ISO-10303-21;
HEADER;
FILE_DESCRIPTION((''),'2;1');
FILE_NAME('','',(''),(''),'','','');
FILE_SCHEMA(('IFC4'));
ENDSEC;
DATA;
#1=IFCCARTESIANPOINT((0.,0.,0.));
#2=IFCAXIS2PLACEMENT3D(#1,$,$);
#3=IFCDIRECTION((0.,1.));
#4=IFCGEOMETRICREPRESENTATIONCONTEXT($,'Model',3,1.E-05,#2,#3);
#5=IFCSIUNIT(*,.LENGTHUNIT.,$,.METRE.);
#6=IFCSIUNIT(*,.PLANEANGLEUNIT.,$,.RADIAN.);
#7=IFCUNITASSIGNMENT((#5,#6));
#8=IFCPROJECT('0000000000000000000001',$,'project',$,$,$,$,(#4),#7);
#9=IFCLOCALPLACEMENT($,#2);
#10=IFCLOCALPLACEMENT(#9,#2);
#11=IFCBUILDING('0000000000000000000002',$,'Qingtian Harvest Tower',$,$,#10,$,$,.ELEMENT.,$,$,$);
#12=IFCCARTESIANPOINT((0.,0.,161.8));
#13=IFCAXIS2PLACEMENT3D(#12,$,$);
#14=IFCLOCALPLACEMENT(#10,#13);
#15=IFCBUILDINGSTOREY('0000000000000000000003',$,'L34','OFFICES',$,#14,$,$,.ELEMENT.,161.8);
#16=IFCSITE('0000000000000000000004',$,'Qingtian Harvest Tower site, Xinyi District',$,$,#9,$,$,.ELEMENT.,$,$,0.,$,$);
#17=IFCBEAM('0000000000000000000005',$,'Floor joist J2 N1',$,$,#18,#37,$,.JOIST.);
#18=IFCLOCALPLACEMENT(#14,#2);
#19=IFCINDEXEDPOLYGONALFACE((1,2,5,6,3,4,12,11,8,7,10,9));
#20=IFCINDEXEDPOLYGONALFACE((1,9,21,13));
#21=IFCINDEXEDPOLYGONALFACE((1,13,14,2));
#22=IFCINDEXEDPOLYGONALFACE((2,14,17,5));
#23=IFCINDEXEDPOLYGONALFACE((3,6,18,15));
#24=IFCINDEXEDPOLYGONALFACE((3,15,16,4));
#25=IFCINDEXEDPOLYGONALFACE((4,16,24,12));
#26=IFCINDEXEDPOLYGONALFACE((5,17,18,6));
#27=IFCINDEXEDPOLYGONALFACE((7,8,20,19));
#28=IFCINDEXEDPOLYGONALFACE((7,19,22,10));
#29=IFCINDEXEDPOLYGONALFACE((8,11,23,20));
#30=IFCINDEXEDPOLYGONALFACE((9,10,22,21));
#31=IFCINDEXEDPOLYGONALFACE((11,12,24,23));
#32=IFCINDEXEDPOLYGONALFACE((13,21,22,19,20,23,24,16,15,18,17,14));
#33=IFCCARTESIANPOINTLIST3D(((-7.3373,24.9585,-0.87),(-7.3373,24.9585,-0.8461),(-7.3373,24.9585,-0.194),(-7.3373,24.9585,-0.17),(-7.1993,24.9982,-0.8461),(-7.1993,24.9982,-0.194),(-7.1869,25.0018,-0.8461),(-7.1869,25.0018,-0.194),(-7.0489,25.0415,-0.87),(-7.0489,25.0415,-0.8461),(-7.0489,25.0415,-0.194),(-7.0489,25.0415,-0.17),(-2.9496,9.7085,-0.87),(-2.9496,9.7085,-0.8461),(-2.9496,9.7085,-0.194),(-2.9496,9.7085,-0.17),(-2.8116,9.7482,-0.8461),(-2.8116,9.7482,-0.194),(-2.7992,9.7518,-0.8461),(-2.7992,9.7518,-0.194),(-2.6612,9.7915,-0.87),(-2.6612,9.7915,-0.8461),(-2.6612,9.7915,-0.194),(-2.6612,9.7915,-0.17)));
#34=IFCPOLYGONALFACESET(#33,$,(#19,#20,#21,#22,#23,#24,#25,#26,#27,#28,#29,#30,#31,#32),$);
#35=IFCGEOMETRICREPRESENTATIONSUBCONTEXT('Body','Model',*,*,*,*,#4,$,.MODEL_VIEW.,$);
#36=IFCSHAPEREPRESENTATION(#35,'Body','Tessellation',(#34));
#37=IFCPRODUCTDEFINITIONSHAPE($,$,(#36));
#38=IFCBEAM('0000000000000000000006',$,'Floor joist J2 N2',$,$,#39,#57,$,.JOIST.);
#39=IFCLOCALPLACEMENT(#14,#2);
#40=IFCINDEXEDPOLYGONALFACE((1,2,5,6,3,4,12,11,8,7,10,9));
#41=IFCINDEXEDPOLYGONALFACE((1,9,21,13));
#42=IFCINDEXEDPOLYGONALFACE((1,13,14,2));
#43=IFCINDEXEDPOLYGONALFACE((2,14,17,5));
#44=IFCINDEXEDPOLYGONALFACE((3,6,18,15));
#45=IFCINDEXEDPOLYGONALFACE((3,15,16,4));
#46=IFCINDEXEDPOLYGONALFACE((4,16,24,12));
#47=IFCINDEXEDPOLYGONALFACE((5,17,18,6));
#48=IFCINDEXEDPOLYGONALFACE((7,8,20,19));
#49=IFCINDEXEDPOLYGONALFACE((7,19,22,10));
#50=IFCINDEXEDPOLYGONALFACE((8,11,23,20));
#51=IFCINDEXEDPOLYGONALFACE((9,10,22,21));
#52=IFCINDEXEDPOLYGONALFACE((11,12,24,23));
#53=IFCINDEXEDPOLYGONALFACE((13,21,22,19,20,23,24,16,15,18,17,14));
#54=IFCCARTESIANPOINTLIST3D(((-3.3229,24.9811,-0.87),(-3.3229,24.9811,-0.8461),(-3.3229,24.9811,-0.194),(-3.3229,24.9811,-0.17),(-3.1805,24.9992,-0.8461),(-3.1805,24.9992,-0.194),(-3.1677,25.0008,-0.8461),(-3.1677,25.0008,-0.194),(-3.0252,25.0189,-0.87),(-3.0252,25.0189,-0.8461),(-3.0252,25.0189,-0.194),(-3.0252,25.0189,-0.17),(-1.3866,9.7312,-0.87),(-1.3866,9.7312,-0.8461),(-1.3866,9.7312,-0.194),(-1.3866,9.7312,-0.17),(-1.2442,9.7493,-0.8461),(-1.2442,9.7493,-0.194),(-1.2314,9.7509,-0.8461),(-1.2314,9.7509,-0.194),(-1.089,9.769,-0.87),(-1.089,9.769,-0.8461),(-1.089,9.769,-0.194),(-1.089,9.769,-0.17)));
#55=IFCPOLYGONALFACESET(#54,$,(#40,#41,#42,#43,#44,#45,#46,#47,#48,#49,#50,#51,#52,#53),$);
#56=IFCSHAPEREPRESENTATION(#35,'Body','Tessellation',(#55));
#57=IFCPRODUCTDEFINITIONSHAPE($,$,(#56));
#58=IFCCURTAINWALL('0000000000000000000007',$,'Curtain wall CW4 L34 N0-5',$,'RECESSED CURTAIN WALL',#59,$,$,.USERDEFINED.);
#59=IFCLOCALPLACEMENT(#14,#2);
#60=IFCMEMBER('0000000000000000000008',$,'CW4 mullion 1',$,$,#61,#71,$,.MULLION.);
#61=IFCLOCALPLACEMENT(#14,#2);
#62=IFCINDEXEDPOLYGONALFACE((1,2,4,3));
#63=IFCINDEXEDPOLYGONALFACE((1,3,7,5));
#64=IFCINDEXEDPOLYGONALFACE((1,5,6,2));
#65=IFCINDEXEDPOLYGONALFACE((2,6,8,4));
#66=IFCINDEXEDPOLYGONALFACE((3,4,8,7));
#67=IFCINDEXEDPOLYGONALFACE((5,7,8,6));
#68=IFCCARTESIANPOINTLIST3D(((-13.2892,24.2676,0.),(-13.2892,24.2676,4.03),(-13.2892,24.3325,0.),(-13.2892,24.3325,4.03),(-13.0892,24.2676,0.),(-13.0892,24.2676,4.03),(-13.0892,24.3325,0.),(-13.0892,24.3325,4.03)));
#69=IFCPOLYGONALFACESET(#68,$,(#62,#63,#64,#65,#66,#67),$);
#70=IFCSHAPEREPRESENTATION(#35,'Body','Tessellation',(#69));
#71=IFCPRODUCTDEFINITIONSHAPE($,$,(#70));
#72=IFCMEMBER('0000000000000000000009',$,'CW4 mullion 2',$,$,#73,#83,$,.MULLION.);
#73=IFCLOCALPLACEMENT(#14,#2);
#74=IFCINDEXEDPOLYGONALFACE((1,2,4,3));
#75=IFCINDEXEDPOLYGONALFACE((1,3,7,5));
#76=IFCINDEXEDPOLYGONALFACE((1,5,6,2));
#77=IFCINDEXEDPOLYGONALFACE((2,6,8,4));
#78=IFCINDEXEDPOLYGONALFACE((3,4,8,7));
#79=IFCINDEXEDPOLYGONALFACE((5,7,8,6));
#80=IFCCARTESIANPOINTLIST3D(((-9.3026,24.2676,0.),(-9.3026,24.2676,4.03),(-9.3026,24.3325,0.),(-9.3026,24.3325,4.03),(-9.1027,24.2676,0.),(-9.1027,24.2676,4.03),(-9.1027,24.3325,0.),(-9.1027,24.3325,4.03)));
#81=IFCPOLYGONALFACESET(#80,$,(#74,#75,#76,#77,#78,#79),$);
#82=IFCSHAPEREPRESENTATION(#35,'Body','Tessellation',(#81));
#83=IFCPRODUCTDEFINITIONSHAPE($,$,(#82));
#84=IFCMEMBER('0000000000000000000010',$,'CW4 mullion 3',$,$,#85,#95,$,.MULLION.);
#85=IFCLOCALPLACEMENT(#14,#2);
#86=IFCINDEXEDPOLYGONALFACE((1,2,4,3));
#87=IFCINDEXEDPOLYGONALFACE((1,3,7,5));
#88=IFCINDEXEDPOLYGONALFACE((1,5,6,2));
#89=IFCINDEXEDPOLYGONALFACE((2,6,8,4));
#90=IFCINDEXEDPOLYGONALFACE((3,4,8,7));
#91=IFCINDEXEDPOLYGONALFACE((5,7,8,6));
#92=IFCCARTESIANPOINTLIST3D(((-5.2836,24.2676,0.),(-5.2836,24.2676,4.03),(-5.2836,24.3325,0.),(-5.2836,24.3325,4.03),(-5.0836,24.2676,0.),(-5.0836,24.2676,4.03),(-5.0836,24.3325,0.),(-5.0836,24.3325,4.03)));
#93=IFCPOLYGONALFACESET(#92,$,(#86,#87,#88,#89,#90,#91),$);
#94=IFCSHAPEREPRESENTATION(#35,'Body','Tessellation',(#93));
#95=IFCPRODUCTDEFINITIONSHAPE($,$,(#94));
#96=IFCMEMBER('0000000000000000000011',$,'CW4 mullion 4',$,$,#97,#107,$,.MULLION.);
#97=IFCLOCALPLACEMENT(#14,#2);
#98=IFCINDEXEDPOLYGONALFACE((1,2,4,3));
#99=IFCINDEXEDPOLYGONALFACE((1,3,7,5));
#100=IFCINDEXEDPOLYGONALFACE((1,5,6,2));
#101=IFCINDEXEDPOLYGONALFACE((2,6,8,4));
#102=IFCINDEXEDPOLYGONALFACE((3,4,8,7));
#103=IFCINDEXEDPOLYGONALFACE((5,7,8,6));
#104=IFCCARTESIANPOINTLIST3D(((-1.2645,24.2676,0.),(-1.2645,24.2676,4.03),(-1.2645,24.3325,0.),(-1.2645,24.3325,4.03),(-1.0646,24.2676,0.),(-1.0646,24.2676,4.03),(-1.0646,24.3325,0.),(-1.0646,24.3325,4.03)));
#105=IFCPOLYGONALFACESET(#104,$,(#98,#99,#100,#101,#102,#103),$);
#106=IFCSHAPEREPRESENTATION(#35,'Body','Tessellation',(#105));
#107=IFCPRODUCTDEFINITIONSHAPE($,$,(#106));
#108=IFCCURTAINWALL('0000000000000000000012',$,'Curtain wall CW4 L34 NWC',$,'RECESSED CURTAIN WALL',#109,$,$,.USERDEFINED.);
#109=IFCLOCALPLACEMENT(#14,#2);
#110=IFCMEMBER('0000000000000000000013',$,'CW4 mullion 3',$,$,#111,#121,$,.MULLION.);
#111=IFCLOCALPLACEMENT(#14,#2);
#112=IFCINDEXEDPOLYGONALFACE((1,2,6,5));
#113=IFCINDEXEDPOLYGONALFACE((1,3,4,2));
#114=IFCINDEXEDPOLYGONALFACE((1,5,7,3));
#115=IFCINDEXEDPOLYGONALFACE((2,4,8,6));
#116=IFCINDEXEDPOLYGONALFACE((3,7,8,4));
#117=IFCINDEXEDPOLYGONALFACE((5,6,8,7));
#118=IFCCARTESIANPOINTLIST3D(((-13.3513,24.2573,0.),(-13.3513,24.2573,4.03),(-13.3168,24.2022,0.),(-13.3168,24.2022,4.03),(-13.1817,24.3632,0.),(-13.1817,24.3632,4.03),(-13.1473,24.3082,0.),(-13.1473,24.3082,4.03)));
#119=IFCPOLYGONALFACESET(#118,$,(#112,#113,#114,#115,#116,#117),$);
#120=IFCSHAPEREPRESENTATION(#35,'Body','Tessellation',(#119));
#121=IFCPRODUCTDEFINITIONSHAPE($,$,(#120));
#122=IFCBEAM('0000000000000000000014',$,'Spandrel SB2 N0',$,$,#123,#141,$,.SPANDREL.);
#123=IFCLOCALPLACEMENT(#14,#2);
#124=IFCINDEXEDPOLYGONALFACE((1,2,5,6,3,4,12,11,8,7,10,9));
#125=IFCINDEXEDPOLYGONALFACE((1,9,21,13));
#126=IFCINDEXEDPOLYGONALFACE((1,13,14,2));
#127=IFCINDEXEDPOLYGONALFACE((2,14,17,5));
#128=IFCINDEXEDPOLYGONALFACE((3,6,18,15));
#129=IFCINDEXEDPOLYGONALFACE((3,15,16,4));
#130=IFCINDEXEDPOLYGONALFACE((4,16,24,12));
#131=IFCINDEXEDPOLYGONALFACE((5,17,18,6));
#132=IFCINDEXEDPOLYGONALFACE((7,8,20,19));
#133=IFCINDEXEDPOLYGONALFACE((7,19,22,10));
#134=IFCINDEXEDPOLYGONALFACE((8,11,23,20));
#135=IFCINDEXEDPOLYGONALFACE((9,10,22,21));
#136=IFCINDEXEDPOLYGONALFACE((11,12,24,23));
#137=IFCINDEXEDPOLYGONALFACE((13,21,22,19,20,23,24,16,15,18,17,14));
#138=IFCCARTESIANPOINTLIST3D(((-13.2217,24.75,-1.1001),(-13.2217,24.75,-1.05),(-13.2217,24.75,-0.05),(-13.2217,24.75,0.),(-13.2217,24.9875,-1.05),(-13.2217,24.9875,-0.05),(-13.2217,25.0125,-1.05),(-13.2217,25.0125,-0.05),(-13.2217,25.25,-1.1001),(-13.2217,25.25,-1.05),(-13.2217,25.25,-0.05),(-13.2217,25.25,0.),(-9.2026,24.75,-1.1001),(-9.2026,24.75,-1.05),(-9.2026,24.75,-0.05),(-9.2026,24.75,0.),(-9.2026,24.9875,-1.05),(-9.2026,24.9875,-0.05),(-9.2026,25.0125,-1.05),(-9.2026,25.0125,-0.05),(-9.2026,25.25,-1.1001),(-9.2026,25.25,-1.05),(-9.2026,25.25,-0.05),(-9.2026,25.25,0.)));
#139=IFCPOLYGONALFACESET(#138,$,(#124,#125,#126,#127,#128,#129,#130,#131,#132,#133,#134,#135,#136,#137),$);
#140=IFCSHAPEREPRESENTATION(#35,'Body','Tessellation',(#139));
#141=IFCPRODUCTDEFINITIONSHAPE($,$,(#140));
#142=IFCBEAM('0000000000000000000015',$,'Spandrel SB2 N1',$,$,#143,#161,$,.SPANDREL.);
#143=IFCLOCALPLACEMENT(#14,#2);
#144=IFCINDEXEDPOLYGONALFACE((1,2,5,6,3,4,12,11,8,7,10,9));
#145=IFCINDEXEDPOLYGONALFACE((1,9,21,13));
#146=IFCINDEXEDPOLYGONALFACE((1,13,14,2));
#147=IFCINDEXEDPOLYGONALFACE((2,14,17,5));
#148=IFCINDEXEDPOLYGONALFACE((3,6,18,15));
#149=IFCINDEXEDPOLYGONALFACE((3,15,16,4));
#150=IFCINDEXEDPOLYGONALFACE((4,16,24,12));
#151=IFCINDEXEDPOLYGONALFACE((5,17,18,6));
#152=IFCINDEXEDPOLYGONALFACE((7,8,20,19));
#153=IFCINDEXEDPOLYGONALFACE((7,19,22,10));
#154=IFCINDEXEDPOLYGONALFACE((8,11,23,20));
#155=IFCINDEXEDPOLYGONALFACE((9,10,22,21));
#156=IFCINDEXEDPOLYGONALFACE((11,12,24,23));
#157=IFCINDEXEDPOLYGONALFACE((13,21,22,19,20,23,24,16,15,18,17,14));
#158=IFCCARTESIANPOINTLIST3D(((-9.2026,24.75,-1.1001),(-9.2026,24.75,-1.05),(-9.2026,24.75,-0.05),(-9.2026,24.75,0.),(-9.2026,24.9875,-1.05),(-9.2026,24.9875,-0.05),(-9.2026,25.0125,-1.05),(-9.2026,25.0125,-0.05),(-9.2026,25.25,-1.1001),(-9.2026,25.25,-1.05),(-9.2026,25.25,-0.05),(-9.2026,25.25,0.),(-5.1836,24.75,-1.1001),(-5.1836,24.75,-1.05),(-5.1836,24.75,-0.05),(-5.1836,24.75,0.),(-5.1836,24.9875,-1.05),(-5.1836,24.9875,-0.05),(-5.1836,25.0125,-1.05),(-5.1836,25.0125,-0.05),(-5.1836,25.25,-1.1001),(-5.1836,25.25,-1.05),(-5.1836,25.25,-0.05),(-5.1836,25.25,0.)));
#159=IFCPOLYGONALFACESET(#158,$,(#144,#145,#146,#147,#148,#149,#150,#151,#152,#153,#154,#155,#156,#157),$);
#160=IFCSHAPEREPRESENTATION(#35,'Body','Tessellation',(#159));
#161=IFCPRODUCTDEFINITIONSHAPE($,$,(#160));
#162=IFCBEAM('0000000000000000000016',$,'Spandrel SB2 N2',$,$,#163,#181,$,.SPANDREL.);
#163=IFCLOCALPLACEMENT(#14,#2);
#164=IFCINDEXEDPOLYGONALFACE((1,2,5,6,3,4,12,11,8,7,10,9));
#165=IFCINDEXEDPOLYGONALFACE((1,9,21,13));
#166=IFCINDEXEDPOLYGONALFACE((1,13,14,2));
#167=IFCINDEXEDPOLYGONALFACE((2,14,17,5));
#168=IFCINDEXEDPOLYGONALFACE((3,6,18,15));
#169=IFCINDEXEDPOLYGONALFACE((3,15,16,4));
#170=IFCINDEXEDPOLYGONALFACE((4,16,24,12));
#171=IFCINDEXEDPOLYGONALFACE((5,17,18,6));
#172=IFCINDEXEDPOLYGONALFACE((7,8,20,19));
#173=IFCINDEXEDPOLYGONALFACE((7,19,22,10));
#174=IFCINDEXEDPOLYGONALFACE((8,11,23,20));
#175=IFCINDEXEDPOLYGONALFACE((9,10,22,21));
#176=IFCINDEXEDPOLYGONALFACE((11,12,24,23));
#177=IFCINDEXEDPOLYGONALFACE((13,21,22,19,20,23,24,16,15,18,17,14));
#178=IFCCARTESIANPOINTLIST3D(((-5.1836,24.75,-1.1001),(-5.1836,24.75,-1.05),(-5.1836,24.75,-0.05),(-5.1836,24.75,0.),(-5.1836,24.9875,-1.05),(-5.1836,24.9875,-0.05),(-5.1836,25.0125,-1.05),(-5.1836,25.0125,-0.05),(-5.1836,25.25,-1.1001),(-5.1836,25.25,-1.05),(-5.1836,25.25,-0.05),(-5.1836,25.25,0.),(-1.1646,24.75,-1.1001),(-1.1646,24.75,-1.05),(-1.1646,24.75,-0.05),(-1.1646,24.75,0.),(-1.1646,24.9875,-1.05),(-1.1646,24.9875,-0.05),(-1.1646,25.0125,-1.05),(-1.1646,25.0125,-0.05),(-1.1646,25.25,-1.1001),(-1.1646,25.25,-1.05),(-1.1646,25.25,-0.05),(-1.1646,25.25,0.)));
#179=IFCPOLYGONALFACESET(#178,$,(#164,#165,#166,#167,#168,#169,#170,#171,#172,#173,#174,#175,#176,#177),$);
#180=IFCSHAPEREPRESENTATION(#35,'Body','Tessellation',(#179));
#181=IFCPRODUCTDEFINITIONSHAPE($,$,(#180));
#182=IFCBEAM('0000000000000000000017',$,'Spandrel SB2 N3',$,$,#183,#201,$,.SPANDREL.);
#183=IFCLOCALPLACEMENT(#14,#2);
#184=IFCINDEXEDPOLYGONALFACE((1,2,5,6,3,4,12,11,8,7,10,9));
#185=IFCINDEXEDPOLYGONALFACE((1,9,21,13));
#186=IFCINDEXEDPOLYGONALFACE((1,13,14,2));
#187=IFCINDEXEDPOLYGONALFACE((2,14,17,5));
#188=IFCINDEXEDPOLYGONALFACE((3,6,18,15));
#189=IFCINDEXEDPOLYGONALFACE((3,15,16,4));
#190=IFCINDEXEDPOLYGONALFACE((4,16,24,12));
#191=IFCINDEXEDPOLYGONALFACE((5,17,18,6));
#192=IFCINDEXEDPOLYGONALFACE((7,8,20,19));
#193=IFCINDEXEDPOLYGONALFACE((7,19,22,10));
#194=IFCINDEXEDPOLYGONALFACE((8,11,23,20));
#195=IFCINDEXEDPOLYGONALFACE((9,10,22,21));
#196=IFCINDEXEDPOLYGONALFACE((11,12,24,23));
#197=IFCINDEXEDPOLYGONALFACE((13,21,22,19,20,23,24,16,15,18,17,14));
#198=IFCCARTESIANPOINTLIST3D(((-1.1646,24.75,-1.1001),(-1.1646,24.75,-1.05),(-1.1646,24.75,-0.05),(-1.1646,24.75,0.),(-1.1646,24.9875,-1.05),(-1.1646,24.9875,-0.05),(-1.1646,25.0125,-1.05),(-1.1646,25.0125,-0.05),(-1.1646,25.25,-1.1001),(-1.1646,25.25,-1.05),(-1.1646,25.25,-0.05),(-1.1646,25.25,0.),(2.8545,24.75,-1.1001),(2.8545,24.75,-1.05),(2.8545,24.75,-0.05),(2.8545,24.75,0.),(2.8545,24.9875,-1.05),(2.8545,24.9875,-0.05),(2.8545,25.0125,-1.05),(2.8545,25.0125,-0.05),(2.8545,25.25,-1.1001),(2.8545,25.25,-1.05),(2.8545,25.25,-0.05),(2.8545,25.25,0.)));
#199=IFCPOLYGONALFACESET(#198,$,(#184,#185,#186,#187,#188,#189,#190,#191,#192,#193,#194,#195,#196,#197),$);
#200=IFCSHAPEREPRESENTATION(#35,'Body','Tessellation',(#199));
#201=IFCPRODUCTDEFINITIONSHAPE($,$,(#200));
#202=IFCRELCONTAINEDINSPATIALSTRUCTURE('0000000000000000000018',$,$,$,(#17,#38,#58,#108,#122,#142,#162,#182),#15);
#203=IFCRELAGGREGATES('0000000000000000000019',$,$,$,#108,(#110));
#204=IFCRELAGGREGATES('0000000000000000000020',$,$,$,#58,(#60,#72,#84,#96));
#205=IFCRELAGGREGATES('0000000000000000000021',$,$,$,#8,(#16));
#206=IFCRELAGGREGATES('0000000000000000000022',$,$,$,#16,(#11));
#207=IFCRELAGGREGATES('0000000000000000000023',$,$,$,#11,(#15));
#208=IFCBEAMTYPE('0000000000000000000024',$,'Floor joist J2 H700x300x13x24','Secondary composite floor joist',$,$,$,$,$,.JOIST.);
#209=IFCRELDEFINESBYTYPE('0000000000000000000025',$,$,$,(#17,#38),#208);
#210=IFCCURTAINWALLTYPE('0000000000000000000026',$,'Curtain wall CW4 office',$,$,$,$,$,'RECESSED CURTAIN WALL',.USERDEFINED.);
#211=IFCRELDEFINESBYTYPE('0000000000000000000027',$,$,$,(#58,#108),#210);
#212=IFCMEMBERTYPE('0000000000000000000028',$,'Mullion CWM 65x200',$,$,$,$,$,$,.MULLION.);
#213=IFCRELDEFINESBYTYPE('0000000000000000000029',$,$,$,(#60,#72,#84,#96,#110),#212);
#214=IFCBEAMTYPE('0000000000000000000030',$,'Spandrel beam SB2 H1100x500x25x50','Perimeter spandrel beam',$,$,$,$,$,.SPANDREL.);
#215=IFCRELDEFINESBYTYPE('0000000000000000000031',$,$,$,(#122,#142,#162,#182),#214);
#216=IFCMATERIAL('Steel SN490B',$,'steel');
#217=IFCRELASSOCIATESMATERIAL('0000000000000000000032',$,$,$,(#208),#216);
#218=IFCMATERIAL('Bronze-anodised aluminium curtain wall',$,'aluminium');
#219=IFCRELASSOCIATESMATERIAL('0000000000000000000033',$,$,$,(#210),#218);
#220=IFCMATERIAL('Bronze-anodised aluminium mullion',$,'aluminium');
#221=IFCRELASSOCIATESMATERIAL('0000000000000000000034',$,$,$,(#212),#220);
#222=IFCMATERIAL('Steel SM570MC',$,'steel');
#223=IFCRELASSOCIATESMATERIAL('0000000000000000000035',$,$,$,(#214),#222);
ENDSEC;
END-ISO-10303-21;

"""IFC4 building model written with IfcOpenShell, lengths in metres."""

from ifc_helpers import new_model, si_unit, direction, frame, origin, origin_2d, place, context, subcontext, project, spatial, rectangle, i_section, extrude, material, material_profile, profile_set, type_object, element, aggregate, save


model = new_model("IFC4")

# Units and contexts
model_context = context("Model", 3, precision=1e-05, world=origin(), true_north=direction((0.0, 1.0)))
body_context = subcontext(model_context, "Body", "Model", "MODEL_VIEW")
ifc_project = project(units=[si_unit("LENGTHUNIT", "METRE"), si_unit("PLANEANGLEUNIT", "RADIAN")], contexts=[model_context])

# Site, building, storey
site_placement = place(None, origin())
site = spatial("IfcSite", under=ifc_project, at=site_placement, Name="Qingtian Harvest Tower site, Xinyi District", CompositionType="ELEMENT", RefElevation=0.0)
building_placement = place(site_placement, origin())
building = spatial("IfcBuilding", under=site, at=building_placement, Name="Qingtian Harvest Tower", CompositionType="ELEMENT")
storey_placement = place(building_placement, frame((0.0, 0.0, 161.8)))
storey = spatial("IfcBuildingStorey", under=building, at=storey_placement, Name="L34", Description="OFFICES", CompositionType="ELEMENT", Elevation=161.8)

# Beams
ifc_material_1 = material(Name="Steel SN490B", Category="steel")
ifc_material_profile_1 = material_profile(ifc_material_1, i_section(OverallWidth=0.3, OverallDepth=0.7, WebThickness=0.0129, FlangeThickness=0.0239, at=origin_2d()), Name="H700x300x13x24")
ifc_profile_set_1 = profile_set([ifc_material_profile_1], Name="Steel SN490B")
beam_type_1 = type_object("IfcBeamType", Name="Floor joist J2 H700x300x13x24", Description="Secondary composite floor joist", PredefinedType="JOIST", material=ifc_profile_set_1)
beam_1_placement = place(storey_placement, frame((-7.1931, 25.0, -0.52), z_axis=(0.276501, -0.961014, 0.0), x_axis=(0.961014, 0.276501, 0.0)))
element("IfcBeam", 1, at=beam_1_placement, inside=storey, type_object=beam_type_1, Name="Floor joist J2 N1", PredefinedType="JOIST", context=body_context, shape_type="SweptSolid", body=[
    extrude(i_section(OverallWidth=0.3, OverallDepth=0.7, WebThickness=0.0129, FlangeThickness=0.0239, at=origin_2d()), origin(), (0.0, 0.0, 1.0), 15.8687),
])
beam_2_placement = place(storey_placement, frame((-3.1741, 25.0, -0.52), z_axis=(0.125958, -0.992036, 0.0), x_axis=(0.992036, 0.125958, 0.0)))
element("IfcBeam", 2, at=beam_2_placement, inside=storey, type_object=beam_type_1, Name="Floor joist J2 N2", PredefinedType="JOIST", context=body_context, shape_type="SweptSolid", body=[
    extrude(i_section(OverallWidth=0.3, OverallDepth=0.7, WebThickness=0.0129, FlangeThickness=0.0239, at=origin_2d()), origin(), (0.0, 0.0, 1.0), 15.3723),
])

# Curtain wall, members
ifc_material_2 = material(Name="Bronze-anodised aluminium curtain wall", Category="aluminium")
curtain_wall_type = type_object("IfcCurtainWallType", Name="Curtain wall CW4 office", ElementType="RECESSED CURTAIN WALL", PredefinedType="USERDEFINED", material=ifc_material_2)
curtain_wall_1_placement = place(storey_placement, origin())
curtain_wall_1 = element("IfcCurtainWall", 3, at=curtain_wall_1_placement, inside=storey, type_object=curtain_wall_type, Name="Curtain wall CW4 L34 N0-5", ObjectType="RECESSED CURTAIN WALL", PredefinedType="USERDEFINED")
ifc_material_3 = material(Name="Bronze-anodised aluminium mullion", Category="aluminium")
ifc_material_profile_2 = material_profile(ifc_material_3, rectangle(XDim=0.0649, YDim=0.2, at=origin_2d()), Name="AL 65x200")
ifc_profile_set_2 = profile_set([ifc_material_profile_2], Name="Bronze-anodised aluminium mullion")
member_type_1 = type_object("IfcMemberType", Name="Mullion CWM 65x200", PredefinedType="MULLION", material=ifc_profile_set_2)
member_1_placement = place(storey_placement, frame((-13.1892, 24.3, 0.0), z_axis=(0.0, 0.0, 1.0), x_axis=(0.0, 1.0, 0.0)))
member_1 = element("IfcMember", 4, at=member_1_placement, type_object=member_type_1, Name="CW4 mullion 1", PredefinedType="MULLION", context=body_context, shape_type="SweptSolid", body=[
    extrude(rectangle(XDim=0.0649, YDim=0.2, at=origin_2d()), origin(), (0.0, 0.0, 1.0), 4.03),
])
member_2_placement = place(storey_placement, frame((-9.2026, 24.3, 0.0), z_axis=(0.0, 0.0, 1.0), x_axis=(0.0, 1.0, 0.0)))
member_2 = element("IfcMember", 5, at=member_2_placement, type_object=member_type_1, Name="CW4 mullion 2", PredefinedType="MULLION", context=body_context, shape_type="SweptSolid", body=[
    extrude(rectangle(XDim=0.0649, YDim=0.2, at=origin_2d()), origin(), (0.0, 0.0, 1.0), 4.03),
])
member_3_placement = place(storey_placement, frame((-5.1836, 24.3, 0.0), z_axis=(0.0, 0.0, 1.0), x_axis=(0.0, 1.0, 0.0)))
member_3 = element("IfcMember", 6, at=member_3_placement, type_object=member_type_1, Name="CW4 mullion 3", PredefinedType="MULLION", context=body_context, shape_type="SweptSolid", body=[
    extrude(rectangle(XDim=0.0649, YDim=0.2, at=origin_2d()), origin(), (0.0, 0.0, 1.0), 4.03),
])
member_4_placement = place(storey_placement, frame((-1.1646, 24.3, 0.0), z_axis=(0.0, 0.0, 1.0), x_axis=(0.0, 1.0, 0.0)))
member_4 = element("IfcMember", 7, at=member_4_placement, type_object=member_type_1, Name="CW4 mullion 4", PredefinedType="MULLION", context=body_context, shape_type="SweptSolid", body=[
    extrude(rectangle(XDim=0.0649, YDim=0.2, at=origin_2d()), origin(), (0.0, 0.0, 1.0), 4.03),
])

# Curtain wall, member
curtain_wall_2_placement = place(storey_placement, origin())
curtain_wall_2 = element("IfcCurtainWall", 8, at=curtain_wall_2_placement, inside=storey, type_object=curtain_wall_type, Name="Curtain wall CW4 L34 NWC", ObjectType="RECESSED CURTAIN WALL", PredefinedType="USERDEFINED")
member_5_placement = place(storey_placement, frame((-13.2493, 24.2827, 0.0), z_axis=(0.0, 0.0, 1.0), x_axis=(-0.529919, 0.848048, 0.0)))
member_5 = element("IfcMember", 9, at=member_5_placement, type_object=member_type_1, Name="CW4 mullion 3", PredefinedType="MULLION", context=body_context, shape_type="SweptSolid", body=[
    extrude(rectangle(XDim=0.0649, YDim=0.2, at=origin_2d()), origin(), (0.0, 0.0, 1.0), 4.03),
])
aggregate(curtain_wall_2, [member_5])

# Beams
ifc_material_4 = material(Name="Steel SM570MC", Category="steel")
ifc_material_profile_3 = material_profile(ifc_material_4, i_section(OverallWidth=0.5, OverallDepth=1.1001, WebThickness=0.0249, FlangeThickness=0.05, at=origin_2d()), Name="H1100x500x25x50")
ifc_profile_set_3 = profile_set([ifc_material_profile_3], Name="Steel SM570MC")
beam_type_2 = type_object("IfcBeamType", Name="Spandrel beam SB2 H1100x500x25x50", Description="Perimeter spandrel beam", PredefinedType="SPANDREL", material=ifc_profile_set_3)
for number, where, z_axis, x_axis, name in (
    (10, (-13.2217, 25.0, -0.55), (1.0, 0.0, 0.0), (0.0, 1.0, 0.0), "Spandrel SB2 N0"),
    (11, (-9.2026, 25.0, -0.55), (1.0, 0.0, 0.0), (0.0, 1.0, 0.0), "Spandrel SB2 N1"),
    (12, (-5.1836, 25.0, -0.55), (1.0, 0.0, 0.0), (0.0, 1.0, 0.0), "Spandrel SB2 N2"),
    (13, (-1.1646, 25.0, -0.55), (1.0, 0.0, 0.0), (0.0, 1.0, 0.0), "Spandrel SB2 N3"),
):
    element("IfcBeam", number, at=place(storey_placement, frame(where, z_axis=z_axis, x_axis=x_axis)), inside=storey, type_object=beam_type_2, Name=name, PredefinedType="SPANDREL", context=body_context, shape_type="SweptSolid", body=[
        extrude(i_section(OverallWidth=0.5, OverallDepth=1.1001, WebThickness=0.0249, FlangeThickness=0.05, at=origin_2d()), origin(), (0.0, 0.0, 1.0), 4.019),
    ])

aggregate(curtain_wall_1, [member_1, member_2, member_3, member_4])

save(model, "model.ifc")
